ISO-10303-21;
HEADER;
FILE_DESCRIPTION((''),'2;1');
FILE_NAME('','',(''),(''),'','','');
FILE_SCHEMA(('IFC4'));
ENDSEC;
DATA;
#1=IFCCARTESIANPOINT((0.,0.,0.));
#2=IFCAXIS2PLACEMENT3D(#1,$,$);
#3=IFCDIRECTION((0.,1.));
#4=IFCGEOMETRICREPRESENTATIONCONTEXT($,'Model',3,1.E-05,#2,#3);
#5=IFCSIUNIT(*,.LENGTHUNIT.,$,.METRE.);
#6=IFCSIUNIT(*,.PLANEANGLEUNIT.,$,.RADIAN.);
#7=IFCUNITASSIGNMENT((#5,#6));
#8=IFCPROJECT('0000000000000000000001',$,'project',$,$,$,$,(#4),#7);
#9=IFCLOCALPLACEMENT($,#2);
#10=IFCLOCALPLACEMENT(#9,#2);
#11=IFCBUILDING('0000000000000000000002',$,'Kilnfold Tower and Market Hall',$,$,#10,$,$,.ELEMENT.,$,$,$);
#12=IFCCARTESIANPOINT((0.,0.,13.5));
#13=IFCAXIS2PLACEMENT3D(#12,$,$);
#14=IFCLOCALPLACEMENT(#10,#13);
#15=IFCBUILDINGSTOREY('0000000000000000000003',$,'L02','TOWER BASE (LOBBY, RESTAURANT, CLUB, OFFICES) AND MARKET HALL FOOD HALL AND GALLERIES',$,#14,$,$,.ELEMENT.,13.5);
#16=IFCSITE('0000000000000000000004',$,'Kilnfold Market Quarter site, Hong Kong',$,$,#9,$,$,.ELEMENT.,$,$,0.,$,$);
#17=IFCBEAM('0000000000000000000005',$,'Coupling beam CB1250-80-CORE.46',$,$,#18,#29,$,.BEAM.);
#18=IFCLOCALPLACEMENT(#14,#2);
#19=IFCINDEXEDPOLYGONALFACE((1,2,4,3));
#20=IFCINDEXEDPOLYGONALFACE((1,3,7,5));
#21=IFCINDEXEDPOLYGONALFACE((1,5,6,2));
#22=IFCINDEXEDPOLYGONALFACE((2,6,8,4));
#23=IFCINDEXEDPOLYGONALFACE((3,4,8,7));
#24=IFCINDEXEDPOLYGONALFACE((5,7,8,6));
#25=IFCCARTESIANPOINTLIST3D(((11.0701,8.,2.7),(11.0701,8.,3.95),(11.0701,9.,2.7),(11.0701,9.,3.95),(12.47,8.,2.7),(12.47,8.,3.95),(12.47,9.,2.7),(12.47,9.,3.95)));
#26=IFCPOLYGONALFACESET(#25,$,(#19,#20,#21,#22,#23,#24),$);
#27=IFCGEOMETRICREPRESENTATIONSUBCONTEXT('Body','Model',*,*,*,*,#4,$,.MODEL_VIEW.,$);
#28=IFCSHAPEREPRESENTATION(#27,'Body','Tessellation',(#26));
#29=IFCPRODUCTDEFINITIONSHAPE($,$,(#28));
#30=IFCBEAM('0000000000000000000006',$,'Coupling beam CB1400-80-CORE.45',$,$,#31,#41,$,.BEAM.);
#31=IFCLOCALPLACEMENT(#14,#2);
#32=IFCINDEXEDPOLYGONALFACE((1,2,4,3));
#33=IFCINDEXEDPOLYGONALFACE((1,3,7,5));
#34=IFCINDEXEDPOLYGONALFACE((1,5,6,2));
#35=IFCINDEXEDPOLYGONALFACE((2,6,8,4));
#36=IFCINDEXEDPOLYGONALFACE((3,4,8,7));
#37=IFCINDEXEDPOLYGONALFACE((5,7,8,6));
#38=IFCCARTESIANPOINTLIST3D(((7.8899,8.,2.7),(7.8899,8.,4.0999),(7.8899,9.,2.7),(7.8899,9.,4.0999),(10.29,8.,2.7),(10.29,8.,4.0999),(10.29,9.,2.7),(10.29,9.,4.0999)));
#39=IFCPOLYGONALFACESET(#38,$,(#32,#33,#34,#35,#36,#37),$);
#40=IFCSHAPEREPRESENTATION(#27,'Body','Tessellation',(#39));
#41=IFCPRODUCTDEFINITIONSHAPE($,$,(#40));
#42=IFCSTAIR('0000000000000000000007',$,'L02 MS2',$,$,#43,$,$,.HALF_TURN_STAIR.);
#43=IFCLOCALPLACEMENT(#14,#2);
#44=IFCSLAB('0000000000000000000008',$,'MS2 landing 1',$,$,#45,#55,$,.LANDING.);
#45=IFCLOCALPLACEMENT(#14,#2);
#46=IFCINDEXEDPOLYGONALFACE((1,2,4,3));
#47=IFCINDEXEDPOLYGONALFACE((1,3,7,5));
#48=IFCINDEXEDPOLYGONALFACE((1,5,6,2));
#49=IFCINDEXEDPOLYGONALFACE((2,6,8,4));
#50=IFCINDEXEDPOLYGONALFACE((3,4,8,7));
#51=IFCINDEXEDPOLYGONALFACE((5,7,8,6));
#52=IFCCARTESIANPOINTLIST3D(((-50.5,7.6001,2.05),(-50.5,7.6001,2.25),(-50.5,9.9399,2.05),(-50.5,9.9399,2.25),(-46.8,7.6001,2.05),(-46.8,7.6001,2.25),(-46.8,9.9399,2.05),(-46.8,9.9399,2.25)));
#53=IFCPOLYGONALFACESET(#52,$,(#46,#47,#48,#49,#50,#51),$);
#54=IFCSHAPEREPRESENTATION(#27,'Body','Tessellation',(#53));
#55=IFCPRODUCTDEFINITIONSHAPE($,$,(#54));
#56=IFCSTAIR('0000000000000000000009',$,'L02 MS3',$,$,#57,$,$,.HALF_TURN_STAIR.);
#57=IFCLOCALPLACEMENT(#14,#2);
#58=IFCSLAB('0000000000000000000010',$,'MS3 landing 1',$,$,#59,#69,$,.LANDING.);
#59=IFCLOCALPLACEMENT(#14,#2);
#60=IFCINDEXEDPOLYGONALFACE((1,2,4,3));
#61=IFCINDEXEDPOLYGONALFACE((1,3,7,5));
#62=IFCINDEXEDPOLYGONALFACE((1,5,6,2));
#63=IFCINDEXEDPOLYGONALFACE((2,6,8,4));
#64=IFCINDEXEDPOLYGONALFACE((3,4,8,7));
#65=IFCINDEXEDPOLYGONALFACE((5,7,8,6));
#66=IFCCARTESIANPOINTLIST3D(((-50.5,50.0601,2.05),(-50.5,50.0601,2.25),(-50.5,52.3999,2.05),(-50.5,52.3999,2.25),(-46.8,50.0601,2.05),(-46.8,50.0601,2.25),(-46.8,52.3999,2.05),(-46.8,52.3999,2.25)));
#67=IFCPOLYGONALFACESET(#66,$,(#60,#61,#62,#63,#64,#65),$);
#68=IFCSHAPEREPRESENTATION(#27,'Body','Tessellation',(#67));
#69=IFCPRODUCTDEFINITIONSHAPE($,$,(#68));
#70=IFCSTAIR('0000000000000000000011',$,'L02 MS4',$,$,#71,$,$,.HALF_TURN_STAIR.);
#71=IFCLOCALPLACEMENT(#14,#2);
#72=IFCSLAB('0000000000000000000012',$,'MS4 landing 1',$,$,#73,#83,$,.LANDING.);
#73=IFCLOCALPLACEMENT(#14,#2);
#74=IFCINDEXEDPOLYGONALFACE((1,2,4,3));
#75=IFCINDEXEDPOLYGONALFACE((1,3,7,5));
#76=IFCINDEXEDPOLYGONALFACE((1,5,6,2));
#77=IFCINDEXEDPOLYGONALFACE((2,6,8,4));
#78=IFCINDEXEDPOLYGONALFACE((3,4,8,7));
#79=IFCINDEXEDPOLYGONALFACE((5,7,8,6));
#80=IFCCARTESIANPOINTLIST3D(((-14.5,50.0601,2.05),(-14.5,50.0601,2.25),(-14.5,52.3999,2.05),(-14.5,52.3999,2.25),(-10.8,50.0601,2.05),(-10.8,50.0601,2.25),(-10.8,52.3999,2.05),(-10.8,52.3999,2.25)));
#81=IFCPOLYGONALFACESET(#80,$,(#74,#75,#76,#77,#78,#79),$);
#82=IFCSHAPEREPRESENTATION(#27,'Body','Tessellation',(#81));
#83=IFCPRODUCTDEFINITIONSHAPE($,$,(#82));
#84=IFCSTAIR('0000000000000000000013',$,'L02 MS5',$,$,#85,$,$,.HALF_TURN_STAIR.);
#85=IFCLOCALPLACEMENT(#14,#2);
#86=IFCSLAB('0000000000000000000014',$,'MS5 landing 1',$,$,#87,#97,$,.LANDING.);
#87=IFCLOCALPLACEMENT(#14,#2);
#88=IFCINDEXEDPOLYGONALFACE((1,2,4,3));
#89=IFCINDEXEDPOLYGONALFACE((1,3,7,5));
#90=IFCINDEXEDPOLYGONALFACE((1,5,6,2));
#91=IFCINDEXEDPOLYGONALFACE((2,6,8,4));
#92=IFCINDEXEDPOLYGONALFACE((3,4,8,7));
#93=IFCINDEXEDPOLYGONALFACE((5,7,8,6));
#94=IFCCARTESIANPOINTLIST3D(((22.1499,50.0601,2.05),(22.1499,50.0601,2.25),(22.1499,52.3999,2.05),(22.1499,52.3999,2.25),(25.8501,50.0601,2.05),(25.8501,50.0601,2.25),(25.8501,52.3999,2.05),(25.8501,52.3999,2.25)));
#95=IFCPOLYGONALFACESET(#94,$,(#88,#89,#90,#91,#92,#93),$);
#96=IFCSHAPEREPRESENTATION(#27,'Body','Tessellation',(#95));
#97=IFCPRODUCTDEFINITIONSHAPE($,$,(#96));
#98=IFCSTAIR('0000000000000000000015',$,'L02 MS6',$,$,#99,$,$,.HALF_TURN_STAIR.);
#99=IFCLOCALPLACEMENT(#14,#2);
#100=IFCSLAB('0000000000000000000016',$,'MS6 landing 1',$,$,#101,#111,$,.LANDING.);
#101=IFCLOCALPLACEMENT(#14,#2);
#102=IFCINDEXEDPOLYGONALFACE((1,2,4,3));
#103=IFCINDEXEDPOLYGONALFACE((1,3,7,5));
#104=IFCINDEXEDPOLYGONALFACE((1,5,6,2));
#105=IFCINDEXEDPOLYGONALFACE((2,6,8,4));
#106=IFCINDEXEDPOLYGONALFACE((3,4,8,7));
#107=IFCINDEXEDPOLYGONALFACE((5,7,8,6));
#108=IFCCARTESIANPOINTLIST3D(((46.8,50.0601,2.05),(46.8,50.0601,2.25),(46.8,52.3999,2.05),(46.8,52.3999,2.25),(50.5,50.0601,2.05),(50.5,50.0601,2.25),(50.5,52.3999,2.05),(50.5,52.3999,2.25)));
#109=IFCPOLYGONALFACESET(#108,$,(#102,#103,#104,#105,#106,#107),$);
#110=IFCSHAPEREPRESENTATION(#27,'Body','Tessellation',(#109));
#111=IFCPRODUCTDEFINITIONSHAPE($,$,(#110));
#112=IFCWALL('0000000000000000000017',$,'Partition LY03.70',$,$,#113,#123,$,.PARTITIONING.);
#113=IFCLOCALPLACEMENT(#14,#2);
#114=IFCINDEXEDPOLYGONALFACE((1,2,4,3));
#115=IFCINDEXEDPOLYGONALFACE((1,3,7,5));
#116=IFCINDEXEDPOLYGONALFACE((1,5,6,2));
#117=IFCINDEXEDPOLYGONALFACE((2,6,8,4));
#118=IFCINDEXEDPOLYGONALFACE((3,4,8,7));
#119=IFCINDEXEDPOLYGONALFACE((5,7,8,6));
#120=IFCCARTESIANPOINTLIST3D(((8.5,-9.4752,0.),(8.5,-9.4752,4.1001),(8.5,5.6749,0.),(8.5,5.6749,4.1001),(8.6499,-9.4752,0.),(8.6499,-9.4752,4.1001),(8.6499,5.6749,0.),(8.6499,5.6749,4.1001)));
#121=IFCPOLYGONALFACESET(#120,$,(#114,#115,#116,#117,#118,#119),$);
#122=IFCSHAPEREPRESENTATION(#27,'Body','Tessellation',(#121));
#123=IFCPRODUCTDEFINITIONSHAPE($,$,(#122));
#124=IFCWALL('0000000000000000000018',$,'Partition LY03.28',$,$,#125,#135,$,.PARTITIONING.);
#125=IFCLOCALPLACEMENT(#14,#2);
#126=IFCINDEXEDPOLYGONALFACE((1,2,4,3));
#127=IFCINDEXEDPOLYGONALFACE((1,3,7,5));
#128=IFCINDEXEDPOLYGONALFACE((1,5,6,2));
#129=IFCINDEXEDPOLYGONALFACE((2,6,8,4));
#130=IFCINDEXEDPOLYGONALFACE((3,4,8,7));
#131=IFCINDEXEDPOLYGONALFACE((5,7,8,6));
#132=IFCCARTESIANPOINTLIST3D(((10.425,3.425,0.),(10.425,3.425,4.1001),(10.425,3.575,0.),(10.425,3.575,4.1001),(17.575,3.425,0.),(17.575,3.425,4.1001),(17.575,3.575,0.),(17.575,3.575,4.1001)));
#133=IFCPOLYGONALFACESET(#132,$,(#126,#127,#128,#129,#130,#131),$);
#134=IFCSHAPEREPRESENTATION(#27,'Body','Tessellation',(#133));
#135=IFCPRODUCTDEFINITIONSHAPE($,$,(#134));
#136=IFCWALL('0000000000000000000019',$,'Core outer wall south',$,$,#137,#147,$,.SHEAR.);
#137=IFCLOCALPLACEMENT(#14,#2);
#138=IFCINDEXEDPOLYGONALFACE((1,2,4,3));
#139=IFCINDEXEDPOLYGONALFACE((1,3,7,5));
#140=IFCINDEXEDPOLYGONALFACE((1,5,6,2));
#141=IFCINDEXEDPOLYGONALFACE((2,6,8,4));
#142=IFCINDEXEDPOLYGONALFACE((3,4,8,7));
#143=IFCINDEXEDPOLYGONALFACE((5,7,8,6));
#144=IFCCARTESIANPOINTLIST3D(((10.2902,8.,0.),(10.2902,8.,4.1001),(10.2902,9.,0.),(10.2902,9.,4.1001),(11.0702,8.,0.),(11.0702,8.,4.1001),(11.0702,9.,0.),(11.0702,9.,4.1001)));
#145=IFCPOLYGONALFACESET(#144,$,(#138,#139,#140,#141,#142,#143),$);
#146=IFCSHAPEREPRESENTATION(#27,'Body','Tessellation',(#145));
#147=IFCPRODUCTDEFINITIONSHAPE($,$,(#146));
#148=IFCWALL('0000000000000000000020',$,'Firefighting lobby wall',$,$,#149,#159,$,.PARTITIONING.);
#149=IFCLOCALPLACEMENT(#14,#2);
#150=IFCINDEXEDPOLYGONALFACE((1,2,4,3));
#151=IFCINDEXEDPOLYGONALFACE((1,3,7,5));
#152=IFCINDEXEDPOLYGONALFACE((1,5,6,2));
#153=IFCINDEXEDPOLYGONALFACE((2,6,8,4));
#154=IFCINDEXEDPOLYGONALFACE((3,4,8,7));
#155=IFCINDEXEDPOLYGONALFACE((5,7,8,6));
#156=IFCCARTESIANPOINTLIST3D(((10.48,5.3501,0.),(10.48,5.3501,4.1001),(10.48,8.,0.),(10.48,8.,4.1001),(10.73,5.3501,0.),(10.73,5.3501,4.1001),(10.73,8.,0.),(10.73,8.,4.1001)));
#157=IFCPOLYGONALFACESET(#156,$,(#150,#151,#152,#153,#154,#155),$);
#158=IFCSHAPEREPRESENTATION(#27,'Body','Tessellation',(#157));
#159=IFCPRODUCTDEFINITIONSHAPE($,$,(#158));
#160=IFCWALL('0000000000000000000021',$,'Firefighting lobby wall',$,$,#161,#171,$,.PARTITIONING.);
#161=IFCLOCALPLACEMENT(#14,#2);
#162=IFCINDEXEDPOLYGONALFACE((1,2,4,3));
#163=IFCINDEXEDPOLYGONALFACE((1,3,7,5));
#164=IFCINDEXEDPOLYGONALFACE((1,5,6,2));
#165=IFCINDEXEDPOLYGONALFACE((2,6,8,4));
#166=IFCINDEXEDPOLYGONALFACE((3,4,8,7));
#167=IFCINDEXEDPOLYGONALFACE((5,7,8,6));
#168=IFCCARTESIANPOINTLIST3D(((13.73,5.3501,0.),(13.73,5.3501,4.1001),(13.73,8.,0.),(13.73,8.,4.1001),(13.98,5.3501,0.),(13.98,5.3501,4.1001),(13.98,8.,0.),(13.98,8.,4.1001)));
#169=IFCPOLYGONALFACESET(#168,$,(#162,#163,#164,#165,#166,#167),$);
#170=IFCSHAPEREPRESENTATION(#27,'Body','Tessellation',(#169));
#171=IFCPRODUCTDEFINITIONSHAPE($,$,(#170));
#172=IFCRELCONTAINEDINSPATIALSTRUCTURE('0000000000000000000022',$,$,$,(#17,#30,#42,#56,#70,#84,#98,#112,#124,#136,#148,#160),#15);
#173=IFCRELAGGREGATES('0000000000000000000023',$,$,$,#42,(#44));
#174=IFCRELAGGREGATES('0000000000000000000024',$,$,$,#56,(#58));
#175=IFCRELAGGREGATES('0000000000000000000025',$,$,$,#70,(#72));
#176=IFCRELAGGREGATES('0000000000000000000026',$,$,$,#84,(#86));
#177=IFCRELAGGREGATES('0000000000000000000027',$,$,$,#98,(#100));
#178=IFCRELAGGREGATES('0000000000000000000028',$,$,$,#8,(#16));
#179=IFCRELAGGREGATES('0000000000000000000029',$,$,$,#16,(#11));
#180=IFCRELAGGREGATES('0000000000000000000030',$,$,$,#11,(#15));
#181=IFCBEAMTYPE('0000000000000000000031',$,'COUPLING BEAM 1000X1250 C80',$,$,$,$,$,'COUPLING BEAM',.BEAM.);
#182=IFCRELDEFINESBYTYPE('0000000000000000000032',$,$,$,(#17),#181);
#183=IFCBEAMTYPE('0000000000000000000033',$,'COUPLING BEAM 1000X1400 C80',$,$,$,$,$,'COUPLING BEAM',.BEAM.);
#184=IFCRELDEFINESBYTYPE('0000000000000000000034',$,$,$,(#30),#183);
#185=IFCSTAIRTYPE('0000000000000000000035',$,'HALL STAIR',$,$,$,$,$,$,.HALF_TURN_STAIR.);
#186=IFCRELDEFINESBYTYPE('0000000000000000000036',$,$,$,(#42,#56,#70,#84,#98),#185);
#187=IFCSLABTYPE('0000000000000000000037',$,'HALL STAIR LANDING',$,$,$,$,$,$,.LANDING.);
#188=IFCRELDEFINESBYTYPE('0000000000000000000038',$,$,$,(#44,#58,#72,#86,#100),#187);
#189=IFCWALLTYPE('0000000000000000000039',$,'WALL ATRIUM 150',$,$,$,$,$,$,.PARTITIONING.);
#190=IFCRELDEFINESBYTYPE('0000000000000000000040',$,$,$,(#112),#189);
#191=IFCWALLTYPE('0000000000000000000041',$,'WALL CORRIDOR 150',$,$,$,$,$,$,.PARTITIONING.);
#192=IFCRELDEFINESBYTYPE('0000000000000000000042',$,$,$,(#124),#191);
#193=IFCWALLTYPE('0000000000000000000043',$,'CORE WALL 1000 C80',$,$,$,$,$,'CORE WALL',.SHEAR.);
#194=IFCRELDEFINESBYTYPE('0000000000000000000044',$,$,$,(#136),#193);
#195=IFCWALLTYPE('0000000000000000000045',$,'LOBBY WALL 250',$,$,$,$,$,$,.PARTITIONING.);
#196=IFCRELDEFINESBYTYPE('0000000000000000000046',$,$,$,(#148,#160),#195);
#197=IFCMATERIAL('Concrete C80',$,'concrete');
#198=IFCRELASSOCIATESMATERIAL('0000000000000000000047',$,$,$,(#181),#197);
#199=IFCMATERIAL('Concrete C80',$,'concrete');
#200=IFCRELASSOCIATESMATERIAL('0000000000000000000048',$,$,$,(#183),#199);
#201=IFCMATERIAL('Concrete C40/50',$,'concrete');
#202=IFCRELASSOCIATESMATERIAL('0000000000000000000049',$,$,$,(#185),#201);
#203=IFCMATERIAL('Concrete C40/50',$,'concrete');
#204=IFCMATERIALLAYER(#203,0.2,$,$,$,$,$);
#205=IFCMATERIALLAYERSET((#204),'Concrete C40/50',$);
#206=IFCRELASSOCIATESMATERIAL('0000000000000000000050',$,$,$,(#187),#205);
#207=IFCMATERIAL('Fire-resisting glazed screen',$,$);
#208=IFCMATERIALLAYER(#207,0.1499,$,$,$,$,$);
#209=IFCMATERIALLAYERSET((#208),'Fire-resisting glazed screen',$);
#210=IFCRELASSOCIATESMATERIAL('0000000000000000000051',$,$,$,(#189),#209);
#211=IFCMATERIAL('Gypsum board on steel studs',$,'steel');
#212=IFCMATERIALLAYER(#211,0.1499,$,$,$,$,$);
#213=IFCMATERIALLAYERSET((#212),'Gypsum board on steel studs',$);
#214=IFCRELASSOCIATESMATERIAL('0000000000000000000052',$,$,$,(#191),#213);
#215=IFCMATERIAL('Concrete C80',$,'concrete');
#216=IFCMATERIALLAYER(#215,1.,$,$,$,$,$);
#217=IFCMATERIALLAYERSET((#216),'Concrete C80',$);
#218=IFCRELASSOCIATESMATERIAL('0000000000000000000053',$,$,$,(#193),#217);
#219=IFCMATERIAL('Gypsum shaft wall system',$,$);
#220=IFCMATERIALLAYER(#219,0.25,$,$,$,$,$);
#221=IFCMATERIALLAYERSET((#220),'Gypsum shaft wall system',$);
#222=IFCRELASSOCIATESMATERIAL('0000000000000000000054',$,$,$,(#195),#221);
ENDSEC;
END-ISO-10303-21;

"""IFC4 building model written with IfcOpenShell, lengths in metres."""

from ifc_helpers import new_model, si_unit, direction, frame, frame_2d, origin, origin_2d, place, context, subcontext, project, spatial, polyline, rectangle, outline, extrude, source, transform, mapped, material, layer, layer_set, material_profile, profile_set, type_object, element, aggregate, save


model = new_model("IFC4")

# Units and contexts
model_context = context("Model", 3, precision=1e-05, world=origin(), true_north=direction((0.0, 1.0)))
body_context = subcontext(model_context, "Body", "Model", "MODEL_VIEW")
ifc_project = project(units=[si_unit("LENGTHUNIT", "METRE"), si_unit("PLANEANGLEUNIT", "RADIAN")], contexts=[model_context])

# Site, building, storey
site_placement = place(None, origin())
site = spatial("IfcSite", under=ifc_project, at=site_placement, Name="Kilnfold Market Quarter site, Hong Kong", CompositionType="ELEMENT", RefElevation=0.0)
building_placement = place(site_placement, origin())
building = spatial("IfcBuilding", under=site, at=building_placement, Name="Kilnfold Tower and Market Hall", CompositionType="ELEMENT")
storey_placement = place(building_placement, frame((0.0, 0.0, 13.5)))
storey = spatial("IfcBuildingStorey", under=building, at=storey_placement, Name="L02", Description="TOWER BASE (LOBBY, RESTAURANT, CLUB, OFFICES) AND MARKET HALL FOOD HALL AND GALLERIES", CompositionType="ELEMENT", Elevation=13.5)

# Beams
ifc_material_1 = material(Name="Concrete C80", Category="concrete")
ifc_material_profile_1 = material_profile(ifc_material_1, rectangle(XDim=1.0, YDim=1.25, at=origin_2d()), Name="RC 1000x1250")
ifc_profile_set_1 = profile_set([ifc_material_profile_1], Name="Concrete C80")
beam_type_1 = type_object("IfcBeamType", Name="COUPLING BEAM 1000X1250 C80", ElementType="COUPLING BEAM", PredefinedType="BEAM", material=ifc_profile_set_1)
shared_shape_1 = source(origin(), body_context, "Body", "SweptSolid", [
    extrude(rectangle(XDim=1.0, YDim=1.25, at=origin_2d()), origin(), (0.0, 0.0, 1.0), 1.3999),
])
beam_1_placement = place(storey_placement, frame((11.0701, 8.5, 3.325), z_axis=(1.0, 0.0, 0.0), x_axis=(0.0, 1.0, 0.0)))
element("IfcBeam", 1, at=beam_1_placement, inside=storey, type_object=beam_type_1, Name="Coupling beam CB1250-80-CORE.46", PredefinedType="BEAM", context=body_context, shape_type="MappedRepresentation", body=[
    mapped(shared_shape_1, transform((0.0, 0.0, 0.0))),
])
ifc_material_2 = material(Name="Concrete C80", Category="concrete")
ifc_material_profile_2 = material_profile(ifc_material_2, rectangle(XDim=1.0, YDim=1.3999, at=origin_2d()), Name="RC 1000x1400")
ifc_profile_set_2 = profile_set([ifc_material_profile_2], Name="Concrete C80")
beam_type_2 = type_object("IfcBeamType", Name="COUPLING BEAM 1000X1400 C80", ElementType="COUPLING BEAM", PredefinedType="BEAM", material=ifc_profile_set_2)
shared_shape_2 = source(origin(), body_context, "Body", "SweptSolid", [
    extrude(rectangle(XDim=1.0, YDim=1.3999, at=origin_2d()), origin(), (0.0, 0.0, 1.0), 2.4001),
])
beam_2_placement = place(storey_placement, frame((7.8899, 8.5, 3.3999), z_axis=(1.0, 0.0, 0.0), x_axis=(0.0, 1.0, 0.0)))
element("IfcBeam", 2, at=beam_2_placement, inside=storey, type_object=beam_type_2, Name="Coupling beam CB1400-80-CORE.45", PredefinedType="BEAM", context=body_context, shape_type="MappedRepresentation", body=[
    mapped(shared_shape_2, transform((0.0, 0.0, 0.0))),
])

# Stairs, slabs
ifc_material_3 = material(Name="Concrete C40/50", Category="concrete")
stair_type = type_object("IfcStairType", Name="HALL STAIR", PredefinedType="HALF_TURN_STAIR", material=ifc_material_3)
stair_1_placement = place(storey_placement, origin())
stair_1 = element("IfcStair", 3, at=stair_1_placement, inside=storey, type_object=stair_type, Name="L02 MS2", PredefinedType="HALF_TURN_STAIR")
ifc_material_4 = material(Name="Concrete C40/50", Category="concrete")
ifc_layer_1 = layer(ifc_material_4, 0.2)
ifc_layer_set_1 = layer_set([ifc_layer_1], Name="Concrete C40/50")
slab_type = type_object("IfcSlabType", Name="HALL STAIR LANDING", PredefinedType="LANDING", material=ifc_layer_set_1)
shared_shape_3 = source(origin(), body_context, "Body", "SweptSolid", [
    extrude(outline(polyline([(-50.5, 9.9399), (-50.5, 7.6001), (-46.8, 7.6001), (-46.8, 9.9399), (-50.5, 9.9399)])), origin(), (0.0, 0.0, 1.0), 0.2),
])
slab_1_placement = place(storey_placement, frame((0.0, 0.0, 2.05)))
slab_1 = element("IfcSlab", 4, at=slab_1_placement, type_object=slab_type, Name="MS2 landing 1", PredefinedType="LANDING", context=body_context, shape_type="MappedRepresentation", body=[
    mapped(shared_shape_3, transform((0.0, 0.0, 0.0))),
])
aggregate(stair_1, [slab_1])
stair_2_placement = place(storey_placement, origin())
stair_2 = element("IfcStair", 5, at=stair_2_placement, inside=storey, type_object=stair_type, Name="L02 MS3", PredefinedType="HALF_TURN_STAIR")
shared_shape_4 = source(origin(), body_context, "Body", "SweptSolid", [
    extrude(outline(polyline([(-46.8, 50.0601), (-46.8, 52.3999), (-50.5, 52.3999), (-50.5, 50.0601), (-46.8, 50.0601)])), origin(), (0.0, 0.0, 1.0), 0.2),
])
slab_2_placement = place(storey_placement, frame((0.0, 0.0, 2.05)))
slab_2 = element("IfcSlab", 6, at=slab_2_placement, type_object=slab_type, Name="MS3 landing 1", PredefinedType="LANDING", context=body_context, shape_type="MappedRepresentation", body=[
    mapped(shared_shape_4, transform((0.0, 0.0, 0.0))),
])
aggregate(stair_2, [slab_2])
stair_3_placement = place(storey_placement, origin())
stair_3 = element("IfcStair", 7, at=stair_3_placement, inside=storey, type_object=stair_type, Name="L02 MS4", PredefinedType="HALF_TURN_STAIR")
shared_shape_5 = source(origin(), body_context, "Body", "SweptSolid", [
    extrude(outline(polyline([(-10.8, 50.0601), (-10.8, 52.3999), (-14.5, 52.3999), (-14.5, 50.0601), (-10.8, 50.0601)])), origin(), (0.0, 0.0, 1.0), 0.2),
])
slab_3_placement = place(storey_placement, frame((0.0, 0.0, 2.05)))
slab_3 = element("IfcSlab", 8, at=slab_3_placement, type_object=slab_type, Name="MS4 landing 1", PredefinedType="LANDING", context=body_context, shape_type="MappedRepresentation", body=[
    mapped(shared_shape_5, transform((0.0, 0.0, 0.0))),
])
aggregate(stair_3, [slab_3])
stair_4_placement = place(storey_placement, origin())
stair_4 = element("IfcStair", 9, at=stair_4_placement, inside=storey, type_object=stair_type, Name="L02 MS5", PredefinedType="HALF_TURN_STAIR")
shared_shape_6 = source(origin(), body_context, "Body", "SweptSolid", [
    extrude(outline(polyline([(25.8501, 50.0601), (25.8501, 52.3999), (22.1499, 52.3999), (22.1499, 50.0601), (25.8501, 50.0601)])), origin(), (0.0, 0.0, 1.0), 0.2),
])
slab_4_placement = place(storey_placement, frame((0.0, 0.0, 2.05)))
slab_4 = element("IfcSlab", 10, at=slab_4_placement, type_object=slab_type, Name="MS5 landing 1", PredefinedType="LANDING", context=body_context, shape_type="MappedRepresentation", body=[
    mapped(shared_shape_6, transform((0.0, 0.0, 0.0))),
])
aggregate(stair_4, [slab_4])
stair_5_placement = place(storey_placement, origin())
stair_5 = element("IfcStair", 11, at=stair_5_placement, inside=storey, type_object=stair_type, Name="L02 MS6", PredefinedType="HALF_TURN_STAIR")
shared_shape_7 = source(origin(), body_context, "Body", "SweptSolid", [
    extrude(outline(polyline([(50.5, 50.0601), (50.5, 52.3999), (46.8, 52.3999), (46.8, 50.0601), (50.5, 50.0601)])), origin(), (0.0, 0.0, 1.0), 0.2),
])
slab_5_placement = place(storey_placement, frame((0.0, 0.0, 2.05)))
slab_5 = element("IfcSlab", 12, at=slab_5_placement, type_object=slab_type, Name="MS6 landing 1", PredefinedType="LANDING", context=body_context, shape_type="MappedRepresentation", body=[
    mapped(shared_shape_7, transform((0.0, 0.0, 0.0))),
])
aggregate(stair_5, [slab_5])

# Walls
ifc_material_5 = material(Name="Fire-resisting glazed screen")
ifc_layer_2 = layer(ifc_material_5, 0.1499)
ifc_layer_set_2 = layer_set([ifc_layer_2], Name="Fire-resisting glazed screen")
wall_type_1 = type_object("IfcWallType", Name="WALL ATRIUM 150", PredefinedType="PARTITIONING", material=ifc_layer_set_2)
wall_1_placement = place(storey_placement, frame((8.575, 5.675, 0.0), z_axis=(0.0, 0.0, 1.0), x_axis=(0.0, -1.0, 0.0)))
element("IfcWall", 13, at=wall_1_placement, inside=storey, type_object=wall_type_1, Name="Partition LY03.70", PredefinedType="PARTITIONING", context=body_context, shape_type="SweptSolid", body=[
    extrude(rectangle(XDim=15.1501, YDim=0.1499, at=frame_2d((7.5752, 0.0))), origin(), (0.0, 0.0, 1.0), 4.1001),
])
ifc_material_6 = material(Name="Gypsum board on steel studs", Category="steel")
ifc_layer_3 = layer(ifc_material_6, 0.1499)
ifc_layer_set_3 = layer_set([ifc_layer_3], Name="Gypsum board on steel studs")
wall_type_2 = type_object("IfcWallType", Name="WALL CORRIDOR 150", PredefinedType="PARTITIONING", material=ifc_layer_set_3)
wall_2_placement = place(storey_placement, frame((10.425, 3.5, 0.0), z_axis=(0.0, 0.0, 1.0), x_axis=(1.0, 0.0, 0.0)))
element("IfcWall", 14, at=wall_2_placement, inside=storey, type_object=wall_type_2, Name="Partition LY03.28", PredefinedType="PARTITIONING", context=body_context, shape_type="SweptSolid", body=[
    extrude(rectangle(XDim=7.1499, YDim=0.1499, at=frame_2d((3.575, 0.0))), origin(), (0.0, 0.0, 1.0), 4.1001),
])
ifc_material_7 = material(Name="Concrete C80", Category="concrete")
ifc_layer_4 = layer(ifc_material_7, 1.0)
ifc_layer_set_4 = layer_set([ifc_layer_4], Name="Concrete C80")
wall_type_3 = type_object("IfcWallType", Name="CORE WALL 1000 C80", ElementType="CORE WALL", PredefinedType="SHEAR", material=ifc_layer_set_4)
shared_shape_8 = source(origin(), body_context, "Body", "SweptSolid", [
    extrude(rectangle(XDim=0.78, YDim=1.0, at=frame_2d((0.3901, 0.0))), origin(), (0.0, 0.0, 1.0), 4.1001),
])
wall_3_placement = place(storey_placement, frame((10.29, 8.5, 0.0), z_axis=(0.0, 0.0, 1.0), x_axis=(1.0, 0.0, 0.0)))
element("IfcWall", 15, at=wall_3_placement, inside=storey, type_object=wall_type_3, Name="Core outer wall south", PredefinedType="SHEAR", context=body_context, shape_type="MappedRepresentation", body=[
    mapped(shared_shape_8, transform((0.0, 0.0, 0.0))),
])

# Walls
ifc_material_8 = material(Name="Gypsum shaft wall system")
ifc_layer_5 = layer(ifc_material_8, 0.25)
ifc_layer_set_5 = layer_set([ifc_layer_5], Name="Gypsum shaft wall system")
wall_type_4 = type_object("IfcWallType", Name="LOBBY WALL 250", PredefinedType="PARTITIONING", material=ifc_layer_set_5)
shared_shape_9 = source(origin(), body_context, "Body", "SweptSolid", [
    extrude(rectangle(XDim=2.6499, YDim=0.25, at=frame_2d((1.325, 0.0))), origin(), (0.0, 0.0, 1.0), 4.1001),
])
for number, where, z_axis, x_axis, name in (
    (16, (10.605, 5.3501, 0.0), (0.0, 0.0, 1.0), (0.0, 1.0, 0.0), "Firefighting lobby wall"),
    (17, (13.855, 5.3501, 0.0), (0.0, 0.0, 1.0), (0.0, 1.0, 0.0), "Firefighting lobby wall"),
):
    element("IfcWall", number, at=place(storey_placement, frame(where, z_axis=z_axis, x_axis=x_axis)), inside=storey, type_object=wall_type_4, Name=name, PredefinedType="PARTITIONING", context=body_context, shape_type="MappedRepresentation", body=[
        mapped(shared_shape_9, transform((0.0, 0.0, 0.0))),
    ])

save(model, "model.ifc")
